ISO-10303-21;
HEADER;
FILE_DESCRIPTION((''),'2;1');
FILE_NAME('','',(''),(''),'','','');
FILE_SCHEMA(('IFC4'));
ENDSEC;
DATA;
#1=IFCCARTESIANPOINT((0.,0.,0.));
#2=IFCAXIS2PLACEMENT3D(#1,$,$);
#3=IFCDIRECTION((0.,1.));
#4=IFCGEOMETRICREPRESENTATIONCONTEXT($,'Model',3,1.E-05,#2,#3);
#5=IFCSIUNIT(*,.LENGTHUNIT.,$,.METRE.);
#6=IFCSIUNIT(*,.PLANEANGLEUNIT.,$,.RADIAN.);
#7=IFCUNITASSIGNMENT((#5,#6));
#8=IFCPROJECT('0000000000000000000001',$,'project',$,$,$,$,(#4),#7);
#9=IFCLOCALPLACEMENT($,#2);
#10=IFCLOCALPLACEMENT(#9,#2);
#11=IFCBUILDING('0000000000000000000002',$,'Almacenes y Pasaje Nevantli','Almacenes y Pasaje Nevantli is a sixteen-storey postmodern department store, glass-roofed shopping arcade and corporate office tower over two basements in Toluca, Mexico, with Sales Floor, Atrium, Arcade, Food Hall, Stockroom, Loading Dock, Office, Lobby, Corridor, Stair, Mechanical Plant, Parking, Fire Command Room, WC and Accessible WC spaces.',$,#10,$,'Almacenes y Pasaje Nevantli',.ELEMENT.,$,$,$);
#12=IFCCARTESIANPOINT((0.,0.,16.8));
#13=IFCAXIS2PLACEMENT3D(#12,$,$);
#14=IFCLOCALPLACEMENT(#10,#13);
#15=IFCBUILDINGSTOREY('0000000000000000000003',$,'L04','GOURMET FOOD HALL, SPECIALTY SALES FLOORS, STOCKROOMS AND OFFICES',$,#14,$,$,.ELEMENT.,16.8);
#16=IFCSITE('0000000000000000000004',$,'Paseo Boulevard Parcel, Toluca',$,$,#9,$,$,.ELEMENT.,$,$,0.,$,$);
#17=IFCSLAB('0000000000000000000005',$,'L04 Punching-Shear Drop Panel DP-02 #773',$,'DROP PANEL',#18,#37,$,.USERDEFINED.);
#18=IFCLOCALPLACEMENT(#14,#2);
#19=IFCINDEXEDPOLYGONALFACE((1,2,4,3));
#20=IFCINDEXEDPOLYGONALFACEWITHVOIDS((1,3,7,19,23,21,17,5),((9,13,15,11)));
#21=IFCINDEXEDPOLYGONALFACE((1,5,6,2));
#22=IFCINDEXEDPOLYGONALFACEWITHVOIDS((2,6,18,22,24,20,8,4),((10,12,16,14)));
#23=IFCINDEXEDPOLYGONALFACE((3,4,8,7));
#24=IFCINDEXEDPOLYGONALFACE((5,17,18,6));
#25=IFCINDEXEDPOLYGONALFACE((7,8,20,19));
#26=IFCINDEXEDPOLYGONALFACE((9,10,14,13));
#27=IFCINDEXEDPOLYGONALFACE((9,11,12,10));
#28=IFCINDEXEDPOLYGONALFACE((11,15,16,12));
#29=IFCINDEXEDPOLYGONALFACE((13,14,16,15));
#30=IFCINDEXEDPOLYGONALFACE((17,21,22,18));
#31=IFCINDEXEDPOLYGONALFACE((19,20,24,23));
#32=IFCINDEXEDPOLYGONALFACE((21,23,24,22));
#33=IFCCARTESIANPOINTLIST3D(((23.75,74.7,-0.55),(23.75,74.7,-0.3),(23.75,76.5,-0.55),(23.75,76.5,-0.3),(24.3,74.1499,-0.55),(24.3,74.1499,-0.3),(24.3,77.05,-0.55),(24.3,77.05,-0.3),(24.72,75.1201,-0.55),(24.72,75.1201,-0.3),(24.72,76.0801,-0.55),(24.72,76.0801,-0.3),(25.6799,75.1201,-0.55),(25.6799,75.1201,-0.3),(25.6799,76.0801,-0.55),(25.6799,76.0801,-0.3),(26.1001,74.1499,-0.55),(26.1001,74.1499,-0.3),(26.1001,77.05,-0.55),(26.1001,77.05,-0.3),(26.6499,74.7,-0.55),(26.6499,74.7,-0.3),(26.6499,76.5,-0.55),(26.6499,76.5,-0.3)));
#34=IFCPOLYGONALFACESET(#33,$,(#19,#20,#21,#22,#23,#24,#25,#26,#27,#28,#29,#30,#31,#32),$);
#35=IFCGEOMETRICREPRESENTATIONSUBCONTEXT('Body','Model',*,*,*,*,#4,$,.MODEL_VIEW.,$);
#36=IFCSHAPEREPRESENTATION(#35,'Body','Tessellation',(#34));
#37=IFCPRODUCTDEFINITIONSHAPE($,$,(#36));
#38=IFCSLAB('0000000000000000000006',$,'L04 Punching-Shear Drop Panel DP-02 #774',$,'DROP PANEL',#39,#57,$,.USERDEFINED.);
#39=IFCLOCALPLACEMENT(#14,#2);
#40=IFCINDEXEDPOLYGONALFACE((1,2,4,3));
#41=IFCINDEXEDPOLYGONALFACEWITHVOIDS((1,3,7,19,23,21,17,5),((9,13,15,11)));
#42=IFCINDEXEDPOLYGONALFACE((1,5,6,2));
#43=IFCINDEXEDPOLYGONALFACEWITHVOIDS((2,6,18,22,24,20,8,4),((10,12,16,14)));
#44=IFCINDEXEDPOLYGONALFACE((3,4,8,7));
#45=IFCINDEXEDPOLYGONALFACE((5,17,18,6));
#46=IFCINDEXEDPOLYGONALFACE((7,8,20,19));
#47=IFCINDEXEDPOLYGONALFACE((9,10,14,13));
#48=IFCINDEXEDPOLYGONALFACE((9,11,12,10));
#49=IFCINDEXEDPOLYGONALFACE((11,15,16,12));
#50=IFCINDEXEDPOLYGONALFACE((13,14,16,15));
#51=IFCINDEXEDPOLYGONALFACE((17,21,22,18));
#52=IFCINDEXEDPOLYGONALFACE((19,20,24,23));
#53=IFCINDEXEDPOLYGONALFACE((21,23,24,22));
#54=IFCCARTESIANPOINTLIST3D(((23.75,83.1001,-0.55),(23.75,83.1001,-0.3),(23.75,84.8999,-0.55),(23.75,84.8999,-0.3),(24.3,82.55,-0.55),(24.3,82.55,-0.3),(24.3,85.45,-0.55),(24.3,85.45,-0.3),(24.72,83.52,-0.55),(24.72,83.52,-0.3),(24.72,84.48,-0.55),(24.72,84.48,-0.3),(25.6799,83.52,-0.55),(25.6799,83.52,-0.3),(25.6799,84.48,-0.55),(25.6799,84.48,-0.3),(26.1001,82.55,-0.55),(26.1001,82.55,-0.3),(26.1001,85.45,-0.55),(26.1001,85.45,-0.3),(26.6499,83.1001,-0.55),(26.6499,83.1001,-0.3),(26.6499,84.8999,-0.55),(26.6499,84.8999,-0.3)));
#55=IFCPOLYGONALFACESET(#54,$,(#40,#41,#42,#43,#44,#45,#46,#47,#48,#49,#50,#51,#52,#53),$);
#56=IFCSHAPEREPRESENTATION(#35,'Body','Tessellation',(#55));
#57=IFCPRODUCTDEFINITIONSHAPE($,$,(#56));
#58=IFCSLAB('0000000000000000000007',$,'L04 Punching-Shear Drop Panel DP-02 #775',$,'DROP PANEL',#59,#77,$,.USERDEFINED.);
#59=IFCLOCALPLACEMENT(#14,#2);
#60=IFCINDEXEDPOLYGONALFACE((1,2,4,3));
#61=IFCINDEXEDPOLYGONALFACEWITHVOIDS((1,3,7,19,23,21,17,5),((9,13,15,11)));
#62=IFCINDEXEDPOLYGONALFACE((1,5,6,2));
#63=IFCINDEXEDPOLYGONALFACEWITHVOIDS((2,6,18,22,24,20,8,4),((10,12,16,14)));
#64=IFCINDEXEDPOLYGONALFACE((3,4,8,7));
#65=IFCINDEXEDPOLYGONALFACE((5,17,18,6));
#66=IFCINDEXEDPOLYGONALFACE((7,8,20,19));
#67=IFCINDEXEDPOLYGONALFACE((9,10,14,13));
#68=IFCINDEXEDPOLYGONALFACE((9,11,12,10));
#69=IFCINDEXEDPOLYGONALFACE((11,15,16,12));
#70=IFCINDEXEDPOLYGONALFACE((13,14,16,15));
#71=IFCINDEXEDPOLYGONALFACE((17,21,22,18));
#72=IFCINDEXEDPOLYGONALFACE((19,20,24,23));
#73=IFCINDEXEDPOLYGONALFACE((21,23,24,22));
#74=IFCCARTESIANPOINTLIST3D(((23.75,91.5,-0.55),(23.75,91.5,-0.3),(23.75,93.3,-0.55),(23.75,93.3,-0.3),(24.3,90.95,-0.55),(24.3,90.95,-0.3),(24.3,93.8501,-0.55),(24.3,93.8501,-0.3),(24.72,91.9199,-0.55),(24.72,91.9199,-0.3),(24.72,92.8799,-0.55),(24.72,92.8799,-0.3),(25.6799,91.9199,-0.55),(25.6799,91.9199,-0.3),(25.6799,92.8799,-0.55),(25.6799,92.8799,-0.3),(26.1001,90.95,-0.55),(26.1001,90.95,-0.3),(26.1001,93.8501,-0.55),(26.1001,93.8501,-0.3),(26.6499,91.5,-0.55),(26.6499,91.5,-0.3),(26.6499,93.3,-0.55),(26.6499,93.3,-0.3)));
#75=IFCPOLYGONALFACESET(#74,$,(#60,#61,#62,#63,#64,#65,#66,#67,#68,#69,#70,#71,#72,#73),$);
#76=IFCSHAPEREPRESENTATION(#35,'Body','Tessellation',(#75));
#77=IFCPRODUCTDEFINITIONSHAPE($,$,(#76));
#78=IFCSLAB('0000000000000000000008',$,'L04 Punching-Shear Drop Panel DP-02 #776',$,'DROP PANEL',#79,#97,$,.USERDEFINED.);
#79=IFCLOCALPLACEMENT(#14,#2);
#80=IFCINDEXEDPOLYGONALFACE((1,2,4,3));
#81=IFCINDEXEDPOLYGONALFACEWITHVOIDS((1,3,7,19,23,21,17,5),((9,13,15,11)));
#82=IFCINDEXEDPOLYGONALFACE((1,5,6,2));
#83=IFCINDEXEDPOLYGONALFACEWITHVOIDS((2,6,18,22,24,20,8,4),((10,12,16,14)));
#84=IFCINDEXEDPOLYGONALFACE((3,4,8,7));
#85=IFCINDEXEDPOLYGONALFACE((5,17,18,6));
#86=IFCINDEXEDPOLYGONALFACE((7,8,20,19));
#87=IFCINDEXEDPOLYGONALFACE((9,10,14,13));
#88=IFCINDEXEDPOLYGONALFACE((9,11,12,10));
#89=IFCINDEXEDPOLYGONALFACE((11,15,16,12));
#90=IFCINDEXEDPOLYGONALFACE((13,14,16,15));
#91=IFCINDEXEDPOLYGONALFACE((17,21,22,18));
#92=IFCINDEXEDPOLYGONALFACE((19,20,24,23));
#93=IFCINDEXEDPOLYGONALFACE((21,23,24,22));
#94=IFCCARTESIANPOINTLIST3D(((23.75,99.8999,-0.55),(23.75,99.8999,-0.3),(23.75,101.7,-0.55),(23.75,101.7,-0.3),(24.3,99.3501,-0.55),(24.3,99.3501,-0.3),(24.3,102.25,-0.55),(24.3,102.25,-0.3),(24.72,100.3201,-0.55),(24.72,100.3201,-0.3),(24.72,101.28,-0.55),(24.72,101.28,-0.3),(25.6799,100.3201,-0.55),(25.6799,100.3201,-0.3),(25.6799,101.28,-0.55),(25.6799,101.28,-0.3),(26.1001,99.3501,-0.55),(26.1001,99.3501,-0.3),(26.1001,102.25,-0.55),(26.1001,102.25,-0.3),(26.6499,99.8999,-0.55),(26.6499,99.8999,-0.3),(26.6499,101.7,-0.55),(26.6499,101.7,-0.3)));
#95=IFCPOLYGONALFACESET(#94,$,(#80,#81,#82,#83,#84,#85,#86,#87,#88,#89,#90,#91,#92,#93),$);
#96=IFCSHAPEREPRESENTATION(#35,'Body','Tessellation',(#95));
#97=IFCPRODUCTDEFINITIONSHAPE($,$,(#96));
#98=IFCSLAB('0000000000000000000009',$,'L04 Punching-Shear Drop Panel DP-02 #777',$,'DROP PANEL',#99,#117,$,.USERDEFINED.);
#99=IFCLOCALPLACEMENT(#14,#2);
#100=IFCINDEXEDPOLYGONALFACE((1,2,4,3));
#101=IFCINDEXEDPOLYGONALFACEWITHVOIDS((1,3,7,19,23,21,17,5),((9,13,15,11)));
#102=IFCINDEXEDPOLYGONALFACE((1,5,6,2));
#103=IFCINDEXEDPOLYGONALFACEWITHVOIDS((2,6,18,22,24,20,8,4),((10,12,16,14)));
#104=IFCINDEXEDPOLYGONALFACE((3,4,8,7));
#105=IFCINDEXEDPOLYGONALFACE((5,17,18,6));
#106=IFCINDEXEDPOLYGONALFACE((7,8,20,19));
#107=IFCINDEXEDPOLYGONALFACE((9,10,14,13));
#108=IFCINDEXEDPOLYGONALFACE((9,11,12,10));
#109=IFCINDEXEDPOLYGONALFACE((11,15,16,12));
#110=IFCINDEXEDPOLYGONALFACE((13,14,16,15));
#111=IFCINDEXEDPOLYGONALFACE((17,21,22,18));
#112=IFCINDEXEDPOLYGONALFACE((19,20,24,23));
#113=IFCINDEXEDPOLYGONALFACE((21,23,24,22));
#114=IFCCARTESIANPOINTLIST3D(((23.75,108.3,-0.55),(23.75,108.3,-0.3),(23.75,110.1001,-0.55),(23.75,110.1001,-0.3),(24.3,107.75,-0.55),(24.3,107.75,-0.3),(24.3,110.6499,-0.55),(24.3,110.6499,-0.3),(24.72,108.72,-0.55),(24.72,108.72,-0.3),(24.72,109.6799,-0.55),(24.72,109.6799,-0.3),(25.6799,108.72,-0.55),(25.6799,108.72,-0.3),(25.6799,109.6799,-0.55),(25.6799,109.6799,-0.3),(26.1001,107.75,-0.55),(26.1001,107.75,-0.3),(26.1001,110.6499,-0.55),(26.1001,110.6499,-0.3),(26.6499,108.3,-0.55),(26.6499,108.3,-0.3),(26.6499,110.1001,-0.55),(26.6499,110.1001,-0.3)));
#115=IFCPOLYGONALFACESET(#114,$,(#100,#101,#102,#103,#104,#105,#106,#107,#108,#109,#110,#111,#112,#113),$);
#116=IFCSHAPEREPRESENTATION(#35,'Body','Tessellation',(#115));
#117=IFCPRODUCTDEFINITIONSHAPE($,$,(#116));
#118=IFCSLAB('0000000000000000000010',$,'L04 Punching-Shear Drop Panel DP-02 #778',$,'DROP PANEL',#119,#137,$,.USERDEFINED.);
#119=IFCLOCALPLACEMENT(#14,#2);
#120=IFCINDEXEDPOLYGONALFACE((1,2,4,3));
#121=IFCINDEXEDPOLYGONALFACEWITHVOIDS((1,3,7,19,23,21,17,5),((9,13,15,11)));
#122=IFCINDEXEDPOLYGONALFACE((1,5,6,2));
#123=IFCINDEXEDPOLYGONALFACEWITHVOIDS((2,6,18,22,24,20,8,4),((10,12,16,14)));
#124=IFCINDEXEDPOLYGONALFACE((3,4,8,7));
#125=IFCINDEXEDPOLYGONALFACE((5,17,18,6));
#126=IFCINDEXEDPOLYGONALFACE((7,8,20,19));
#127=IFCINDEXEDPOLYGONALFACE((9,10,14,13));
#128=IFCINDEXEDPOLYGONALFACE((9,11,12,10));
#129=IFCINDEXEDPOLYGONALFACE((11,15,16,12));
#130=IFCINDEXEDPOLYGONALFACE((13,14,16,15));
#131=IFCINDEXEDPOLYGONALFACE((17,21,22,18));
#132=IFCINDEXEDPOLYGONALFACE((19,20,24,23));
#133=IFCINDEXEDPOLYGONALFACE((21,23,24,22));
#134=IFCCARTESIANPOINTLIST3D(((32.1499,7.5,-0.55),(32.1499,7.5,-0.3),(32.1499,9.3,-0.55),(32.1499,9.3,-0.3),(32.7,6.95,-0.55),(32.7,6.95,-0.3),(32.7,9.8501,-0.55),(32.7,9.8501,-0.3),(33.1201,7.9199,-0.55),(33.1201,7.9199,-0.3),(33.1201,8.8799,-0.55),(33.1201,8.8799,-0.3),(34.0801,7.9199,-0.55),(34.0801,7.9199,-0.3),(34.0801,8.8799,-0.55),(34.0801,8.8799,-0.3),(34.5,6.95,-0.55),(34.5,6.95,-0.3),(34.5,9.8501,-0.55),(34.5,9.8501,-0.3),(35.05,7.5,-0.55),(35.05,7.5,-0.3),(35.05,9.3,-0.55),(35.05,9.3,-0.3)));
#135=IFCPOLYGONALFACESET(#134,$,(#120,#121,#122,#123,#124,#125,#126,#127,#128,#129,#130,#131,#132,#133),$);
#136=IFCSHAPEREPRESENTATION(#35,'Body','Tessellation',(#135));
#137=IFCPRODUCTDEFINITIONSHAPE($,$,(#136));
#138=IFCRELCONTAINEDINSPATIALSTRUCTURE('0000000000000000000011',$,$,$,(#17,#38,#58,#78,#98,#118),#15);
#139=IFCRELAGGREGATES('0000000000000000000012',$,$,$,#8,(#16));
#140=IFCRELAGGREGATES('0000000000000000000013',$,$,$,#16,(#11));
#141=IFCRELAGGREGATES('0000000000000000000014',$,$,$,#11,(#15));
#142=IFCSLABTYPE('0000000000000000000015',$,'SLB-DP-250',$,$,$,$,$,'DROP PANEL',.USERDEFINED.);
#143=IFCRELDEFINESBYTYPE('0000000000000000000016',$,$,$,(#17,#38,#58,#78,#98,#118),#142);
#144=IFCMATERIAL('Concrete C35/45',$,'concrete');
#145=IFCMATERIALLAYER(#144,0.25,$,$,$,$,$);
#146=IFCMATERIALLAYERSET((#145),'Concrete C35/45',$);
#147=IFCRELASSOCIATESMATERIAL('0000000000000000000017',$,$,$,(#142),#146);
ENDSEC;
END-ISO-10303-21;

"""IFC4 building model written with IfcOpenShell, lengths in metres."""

from ifc_helpers import new_model, si_unit, direction, frame, origin, place, context, subcontext, project, spatial, polyline, outline, extrude, material, layer, layer_set, type_object, element, save


model = new_model("IFC4")

# Units and contexts
model_context = context("Model", 3, precision=1e-05, world=origin(), true_north=direction((0.0, 1.0)))
body_context = subcontext(model_context, "Body", "Model", "MODEL_VIEW")
ifc_project = project(units=[si_unit("LENGTHUNIT", "METRE"), si_unit("PLANEANGLEUNIT", "RADIAN")], contexts=[model_context])

# Site, building, storey
site_placement = place(None, origin())
site = spatial("IfcSite", under=ifc_project, at=site_placement, Name="Paseo Boulevard Parcel, Toluca", CompositionType="ELEMENT", RefElevation=0.0)
building_placement = place(site_placement, origin())
building = spatial("IfcBuilding", under=site, at=building_placement, Name="Almacenes y Pasaje Nevantli", Description="Almacenes y Pasaje Nevantli is a sixteen-storey postmodern department store, glass-roofed shopping arcade and corporate office tower over two basements in Toluca, Mexico, with Sales Floor, Atrium, Arcade, Food Hall, Stockroom, Loading Dock, Office, Lobby, Corridor, Stair, Mechanical Plant, Parking, Fire Command Room, WC and Accessible WC spaces.", LongName="Almacenes y Pasaje Nevantli", CompositionType="ELEMENT")
storey_placement = place(building_placement, frame((0.0, 0.0, 16.8)))
storey = spatial("IfcBuildingStorey", under=building, at=storey_placement, Name="L04", Description="GOURMET FOOD HALL, SPECIALTY SALES FLOORS, STOCKROOMS AND OFFICES", CompositionType="ELEMENT", Elevation=16.8)

# Slabs
ifc_material = material(Name="Concrete C35/45", Category="concrete")
ifc_layer = layer(ifc_material, 0.25)
ifc_layer_set = layer_set([ifc_layer], Name="Concrete C35/45")
slab_type = type_object("IfcSlabType", Name="SLB-DP-250", ElementType="DROP PANEL", PredefinedType="USERDEFINED", material=ifc_layer_set)
slab_1_placement = place(storey_placement, frame((0.0, 0.0, -0.55)))
element("IfcSlab", 1, at=slab_1_placement, inside=storey, type_object=slab_type, Name="L04 Punching-Shear Drop Panel DP-02 #773", ObjectType="DROP PANEL", PredefinedType="USERDEFINED", context=body_context, shape_type="SweptSolid", body=[
    extrude(outline(polyline([(24.3, 74.1499), (26.1001, 74.1499), (26.6499, 74.7), (26.6499, 76.5), (26.1001, 77.05), (24.3, 77.05), (23.75, 76.5), (23.75, 74.7), (24.3, 74.1499)]), holes=[polyline([(24.72, 75.1201), (25.6799, 75.1201), (25.6799, 76.0801), (24.72, 76.0801), (24.72, 75.1201)])]), origin(), (0.0, 0.0, 1.0), 0.25),
])
slab_2_placement = place(storey_placement, frame((0.0, 0.0, -0.55)))
element("IfcSlab", 2, at=slab_2_placement, inside=storey, type_object=slab_type, Name="L04 Punching-Shear Drop Panel DP-02 #774", ObjectType="DROP PANEL", PredefinedType="USERDEFINED", context=body_context, shape_type="SweptSolid", body=[
    extrude(outline(polyline([(24.3, 82.55), (26.1001, 82.55), (26.6499, 83.1001), (26.6499, 84.8999), (26.1001, 85.45), (24.3, 85.45), (23.75, 84.8999), (23.75, 83.1001), (24.3, 82.55)]), holes=[polyline([(24.72, 83.52), (25.6799, 83.52), (25.6799, 84.48), (24.72, 84.48), (24.72, 83.52)])]), origin(), (0.0, 0.0, 1.0), 0.25),
])
slab_3_placement = place(storey_placement, frame((0.0, 0.0, -0.55)))
element("IfcSlab", 3, at=slab_3_placement, inside=storey, type_object=slab_type, Name="L04 Punching-Shear Drop Panel DP-02 #775", ObjectType="DROP PANEL", PredefinedType="USERDEFINED", context=body_context, shape_type="SweptSolid", body=[
    extrude(outline(polyline([(24.3, 90.95), (26.1001, 90.95), (26.6499, 91.5), (26.6499, 93.3), (26.1001, 93.8501), (24.3, 93.8501), (23.75, 93.3), (23.75, 91.5), (24.3, 90.95)]), holes=[polyline([(24.72, 91.9199), (25.6799, 91.9199), (25.6799, 92.8799), (24.72, 92.8799), (24.72, 91.9199)])]), origin(), (0.0, 0.0, 1.0), 0.25),
])
slab_4_placement = place(storey_placement, frame((0.0, 0.0, -0.55)))
element("IfcSlab", 4, at=slab_4_placement, inside=storey, type_object=slab_type, Name="L04 Punching-Shear Drop Panel DP-02 #776", ObjectType="DROP PANEL", PredefinedType="USERDEFINED", context=body_context, shape_type="SweptSolid", body=[
    extrude(outline(polyline([(24.3, 99.3501), (26.1001, 99.3501), (26.6499, 99.8999), (26.6499, 101.7), (26.1001, 102.25), (24.3, 102.25), (23.75, 101.7), (23.75, 99.8999), (24.3, 99.3501)]), holes=[polyline([(24.72, 100.3201), (25.6799, 100.3201), (25.6799, 101.28), (24.72, 101.28), (24.72, 100.3201)])]), origin(), (0.0, 0.0, 1.0), 0.25),
])
slab_5_placement = place(storey_placement, frame((0.0, 0.0, -0.55)))
element("IfcSlab", 5, at=slab_5_placement, inside=storey, type_object=slab_type, Name="L04 Punching-Shear Drop Panel DP-02 #777", ObjectType="DROP PANEL", PredefinedType="USERDEFINED", context=body_context, shape_type="SweptSolid", body=[
    extrude(outline(polyline([(24.3, 107.75), (26.1001, 107.75), (26.6499, 108.3), (26.6499, 110.1001), (26.1001, 110.6499), (24.3, 110.6499), (23.75, 110.1001), (23.75, 108.3), (24.3, 107.75)]), holes=[polyline([(24.72, 108.72), (25.6799, 108.72), (25.6799, 109.6799), (24.72, 109.6799), (24.72, 108.72)])]), origin(), (0.0, 0.0, 1.0), 0.25),
])
slab_6_placement = place(storey_placement, frame((0.0, 0.0, -0.55)))
element("IfcSlab", 6, at=slab_6_placement, inside=storey, type_object=slab_type, Name="L04 Punching-Shear Drop Panel DP-02 #778", ObjectType="DROP PANEL", PredefinedType="USERDEFINED", context=body_context, shape_type="SweptSolid", body=[
    extrude(outline(polyline([(32.7, 6.95), (34.5, 6.95), (35.05, 7.5), (35.05, 9.3), (34.5, 9.8501), (32.7, 9.8501), (32.1499, 9.3), (32.1499, 7.5), (32.7, 6.95)]), holes=[polyline([(33.1201, 7.9199), (34.0801, 7.9199), (34.0801, 8.8799), (33.1201, 8.8799), (33.1201, 7.9199)])]), origin(), (0.0, 0.0, 1.0), 0.25),
])

save(model, "model.ifc")
